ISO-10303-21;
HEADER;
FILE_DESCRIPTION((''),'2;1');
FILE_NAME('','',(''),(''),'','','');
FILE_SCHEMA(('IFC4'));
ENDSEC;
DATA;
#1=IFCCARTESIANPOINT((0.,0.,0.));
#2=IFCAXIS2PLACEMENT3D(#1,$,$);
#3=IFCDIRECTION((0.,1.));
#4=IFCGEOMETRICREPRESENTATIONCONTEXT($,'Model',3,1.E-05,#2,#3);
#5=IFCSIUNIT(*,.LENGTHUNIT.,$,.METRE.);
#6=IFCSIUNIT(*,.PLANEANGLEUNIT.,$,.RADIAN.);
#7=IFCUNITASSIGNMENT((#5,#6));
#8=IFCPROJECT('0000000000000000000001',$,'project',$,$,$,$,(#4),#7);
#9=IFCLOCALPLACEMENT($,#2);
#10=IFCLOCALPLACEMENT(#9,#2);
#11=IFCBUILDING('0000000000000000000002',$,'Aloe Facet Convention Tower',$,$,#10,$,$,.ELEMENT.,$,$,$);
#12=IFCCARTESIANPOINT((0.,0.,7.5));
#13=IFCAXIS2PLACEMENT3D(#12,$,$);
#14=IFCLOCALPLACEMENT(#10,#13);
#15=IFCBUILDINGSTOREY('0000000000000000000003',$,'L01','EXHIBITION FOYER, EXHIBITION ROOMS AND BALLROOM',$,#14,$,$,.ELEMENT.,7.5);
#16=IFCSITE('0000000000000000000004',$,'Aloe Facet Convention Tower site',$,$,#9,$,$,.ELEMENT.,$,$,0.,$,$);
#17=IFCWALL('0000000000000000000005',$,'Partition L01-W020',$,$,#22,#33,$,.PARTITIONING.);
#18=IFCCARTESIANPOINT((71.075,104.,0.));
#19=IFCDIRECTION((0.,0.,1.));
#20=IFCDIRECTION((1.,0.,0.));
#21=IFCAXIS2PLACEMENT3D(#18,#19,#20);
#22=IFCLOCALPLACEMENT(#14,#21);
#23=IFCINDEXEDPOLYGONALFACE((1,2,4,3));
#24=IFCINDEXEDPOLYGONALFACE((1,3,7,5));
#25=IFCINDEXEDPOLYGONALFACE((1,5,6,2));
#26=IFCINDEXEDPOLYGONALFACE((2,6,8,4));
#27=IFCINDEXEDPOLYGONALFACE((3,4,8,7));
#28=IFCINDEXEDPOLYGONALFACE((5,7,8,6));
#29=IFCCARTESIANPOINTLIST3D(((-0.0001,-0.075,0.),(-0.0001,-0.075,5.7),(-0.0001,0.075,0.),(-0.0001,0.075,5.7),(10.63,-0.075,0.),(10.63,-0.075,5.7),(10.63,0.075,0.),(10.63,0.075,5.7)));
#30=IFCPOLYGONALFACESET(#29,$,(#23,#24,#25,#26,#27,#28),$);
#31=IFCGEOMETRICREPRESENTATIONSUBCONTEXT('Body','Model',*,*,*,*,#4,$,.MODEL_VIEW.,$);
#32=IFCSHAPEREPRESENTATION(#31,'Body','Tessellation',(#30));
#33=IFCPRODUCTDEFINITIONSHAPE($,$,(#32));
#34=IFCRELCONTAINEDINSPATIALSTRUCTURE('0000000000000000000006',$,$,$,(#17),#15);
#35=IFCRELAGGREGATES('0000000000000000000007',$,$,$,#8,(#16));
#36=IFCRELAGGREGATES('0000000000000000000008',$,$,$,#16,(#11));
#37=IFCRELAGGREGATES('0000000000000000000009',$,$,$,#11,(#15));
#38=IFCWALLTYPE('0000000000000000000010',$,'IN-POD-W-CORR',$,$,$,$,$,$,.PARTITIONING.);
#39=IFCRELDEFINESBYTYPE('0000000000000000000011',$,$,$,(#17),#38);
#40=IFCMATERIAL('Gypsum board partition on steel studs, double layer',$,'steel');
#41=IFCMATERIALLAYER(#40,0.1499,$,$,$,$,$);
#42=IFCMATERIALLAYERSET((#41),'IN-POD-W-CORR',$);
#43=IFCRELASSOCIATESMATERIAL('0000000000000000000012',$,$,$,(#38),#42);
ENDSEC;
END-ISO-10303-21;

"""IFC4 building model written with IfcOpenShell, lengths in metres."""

from ifc_helpers import new_model, si_unit, direction, frame, frame_2d, origin, place, context, subcontext, project, spatial, rectangle, extrude, material, layer, layer_set, type_object, element, save


model = new_model("IFC4")

# Units and contexts
model_context = context("Model", 3, precision=1e-05, world=origin(), true_north=direction((0.0, 1.0)))
body_context = subcontext(model_context, "Body", "Model", "MODEL_VIEW")
ifc_project = project(units=[si_unit("LENGTHUNIT", "METRE"), si_unit("PLANEANGLEUNIT", "RADIAN")], contexts=[model_context])

# Site, building, storey
site_placement = place(None, origin())
site = spatial("IfcSite", under=ifc_project, at=site_placement, Name="Aloe Facet Convention Tower site", CompositionType="ELEMENT", RefElevation=0.0)
building_placement = place(site_placement, origin())
building = spatial("IfcBuilding", under=site, at=building_placement, Name="Aloe Facet Convention Tower", CompositionType="ELEMENT")
storey_placement = place(building_placement, frame((0.0, 0.0, 7.5)))
storey = spatial("IfcBuildingStorey", under=building, at=storey_placement, Name="L01", Description="EXHIBITION FOYER, EXHIBITION ROOMS AND BALLROOM", CompositionType="ELEMENT", Elevation=7.5)

# Wall
ifc_material_1 = material(Name="Gypsum board partition on steel studs, double layer", Category="steel")
ifc_layer_1 = layer(ifc_material_1, 0.1499)
ifc_layer_set_1 = layer_set([ifc_layer_1], Name="IN-POD-W-CORR")
wall_type_1 = type_object("IfcWallType", Name="IN-POD-W-CORR", PredefinedType="PARTITIONING", material=ifc_layer_set_1)
wall_1_placement = place(storey_placement, frame((71.075, 104.0, 0.0), z_axis=(0.0, 0.0, 1.0), x_axis=(1.0, 0.0, 0.0)))
element("IfcWall", 1, at=wall_1_placement, inside=storey, type_object=wall_type_1, Name="Partition L01-W020", PredefinedType="PARTITIONING", context=body_context, shape_type="SweptSolid", body=[
    extrude(rectangle(XDim=10.6301, YDim=0.1499, at=frame_2d((5.3149, 0.0))), origin(), (0.0, 0.0, 1.0), 5.7),
])

save(model, "model.ifc")
